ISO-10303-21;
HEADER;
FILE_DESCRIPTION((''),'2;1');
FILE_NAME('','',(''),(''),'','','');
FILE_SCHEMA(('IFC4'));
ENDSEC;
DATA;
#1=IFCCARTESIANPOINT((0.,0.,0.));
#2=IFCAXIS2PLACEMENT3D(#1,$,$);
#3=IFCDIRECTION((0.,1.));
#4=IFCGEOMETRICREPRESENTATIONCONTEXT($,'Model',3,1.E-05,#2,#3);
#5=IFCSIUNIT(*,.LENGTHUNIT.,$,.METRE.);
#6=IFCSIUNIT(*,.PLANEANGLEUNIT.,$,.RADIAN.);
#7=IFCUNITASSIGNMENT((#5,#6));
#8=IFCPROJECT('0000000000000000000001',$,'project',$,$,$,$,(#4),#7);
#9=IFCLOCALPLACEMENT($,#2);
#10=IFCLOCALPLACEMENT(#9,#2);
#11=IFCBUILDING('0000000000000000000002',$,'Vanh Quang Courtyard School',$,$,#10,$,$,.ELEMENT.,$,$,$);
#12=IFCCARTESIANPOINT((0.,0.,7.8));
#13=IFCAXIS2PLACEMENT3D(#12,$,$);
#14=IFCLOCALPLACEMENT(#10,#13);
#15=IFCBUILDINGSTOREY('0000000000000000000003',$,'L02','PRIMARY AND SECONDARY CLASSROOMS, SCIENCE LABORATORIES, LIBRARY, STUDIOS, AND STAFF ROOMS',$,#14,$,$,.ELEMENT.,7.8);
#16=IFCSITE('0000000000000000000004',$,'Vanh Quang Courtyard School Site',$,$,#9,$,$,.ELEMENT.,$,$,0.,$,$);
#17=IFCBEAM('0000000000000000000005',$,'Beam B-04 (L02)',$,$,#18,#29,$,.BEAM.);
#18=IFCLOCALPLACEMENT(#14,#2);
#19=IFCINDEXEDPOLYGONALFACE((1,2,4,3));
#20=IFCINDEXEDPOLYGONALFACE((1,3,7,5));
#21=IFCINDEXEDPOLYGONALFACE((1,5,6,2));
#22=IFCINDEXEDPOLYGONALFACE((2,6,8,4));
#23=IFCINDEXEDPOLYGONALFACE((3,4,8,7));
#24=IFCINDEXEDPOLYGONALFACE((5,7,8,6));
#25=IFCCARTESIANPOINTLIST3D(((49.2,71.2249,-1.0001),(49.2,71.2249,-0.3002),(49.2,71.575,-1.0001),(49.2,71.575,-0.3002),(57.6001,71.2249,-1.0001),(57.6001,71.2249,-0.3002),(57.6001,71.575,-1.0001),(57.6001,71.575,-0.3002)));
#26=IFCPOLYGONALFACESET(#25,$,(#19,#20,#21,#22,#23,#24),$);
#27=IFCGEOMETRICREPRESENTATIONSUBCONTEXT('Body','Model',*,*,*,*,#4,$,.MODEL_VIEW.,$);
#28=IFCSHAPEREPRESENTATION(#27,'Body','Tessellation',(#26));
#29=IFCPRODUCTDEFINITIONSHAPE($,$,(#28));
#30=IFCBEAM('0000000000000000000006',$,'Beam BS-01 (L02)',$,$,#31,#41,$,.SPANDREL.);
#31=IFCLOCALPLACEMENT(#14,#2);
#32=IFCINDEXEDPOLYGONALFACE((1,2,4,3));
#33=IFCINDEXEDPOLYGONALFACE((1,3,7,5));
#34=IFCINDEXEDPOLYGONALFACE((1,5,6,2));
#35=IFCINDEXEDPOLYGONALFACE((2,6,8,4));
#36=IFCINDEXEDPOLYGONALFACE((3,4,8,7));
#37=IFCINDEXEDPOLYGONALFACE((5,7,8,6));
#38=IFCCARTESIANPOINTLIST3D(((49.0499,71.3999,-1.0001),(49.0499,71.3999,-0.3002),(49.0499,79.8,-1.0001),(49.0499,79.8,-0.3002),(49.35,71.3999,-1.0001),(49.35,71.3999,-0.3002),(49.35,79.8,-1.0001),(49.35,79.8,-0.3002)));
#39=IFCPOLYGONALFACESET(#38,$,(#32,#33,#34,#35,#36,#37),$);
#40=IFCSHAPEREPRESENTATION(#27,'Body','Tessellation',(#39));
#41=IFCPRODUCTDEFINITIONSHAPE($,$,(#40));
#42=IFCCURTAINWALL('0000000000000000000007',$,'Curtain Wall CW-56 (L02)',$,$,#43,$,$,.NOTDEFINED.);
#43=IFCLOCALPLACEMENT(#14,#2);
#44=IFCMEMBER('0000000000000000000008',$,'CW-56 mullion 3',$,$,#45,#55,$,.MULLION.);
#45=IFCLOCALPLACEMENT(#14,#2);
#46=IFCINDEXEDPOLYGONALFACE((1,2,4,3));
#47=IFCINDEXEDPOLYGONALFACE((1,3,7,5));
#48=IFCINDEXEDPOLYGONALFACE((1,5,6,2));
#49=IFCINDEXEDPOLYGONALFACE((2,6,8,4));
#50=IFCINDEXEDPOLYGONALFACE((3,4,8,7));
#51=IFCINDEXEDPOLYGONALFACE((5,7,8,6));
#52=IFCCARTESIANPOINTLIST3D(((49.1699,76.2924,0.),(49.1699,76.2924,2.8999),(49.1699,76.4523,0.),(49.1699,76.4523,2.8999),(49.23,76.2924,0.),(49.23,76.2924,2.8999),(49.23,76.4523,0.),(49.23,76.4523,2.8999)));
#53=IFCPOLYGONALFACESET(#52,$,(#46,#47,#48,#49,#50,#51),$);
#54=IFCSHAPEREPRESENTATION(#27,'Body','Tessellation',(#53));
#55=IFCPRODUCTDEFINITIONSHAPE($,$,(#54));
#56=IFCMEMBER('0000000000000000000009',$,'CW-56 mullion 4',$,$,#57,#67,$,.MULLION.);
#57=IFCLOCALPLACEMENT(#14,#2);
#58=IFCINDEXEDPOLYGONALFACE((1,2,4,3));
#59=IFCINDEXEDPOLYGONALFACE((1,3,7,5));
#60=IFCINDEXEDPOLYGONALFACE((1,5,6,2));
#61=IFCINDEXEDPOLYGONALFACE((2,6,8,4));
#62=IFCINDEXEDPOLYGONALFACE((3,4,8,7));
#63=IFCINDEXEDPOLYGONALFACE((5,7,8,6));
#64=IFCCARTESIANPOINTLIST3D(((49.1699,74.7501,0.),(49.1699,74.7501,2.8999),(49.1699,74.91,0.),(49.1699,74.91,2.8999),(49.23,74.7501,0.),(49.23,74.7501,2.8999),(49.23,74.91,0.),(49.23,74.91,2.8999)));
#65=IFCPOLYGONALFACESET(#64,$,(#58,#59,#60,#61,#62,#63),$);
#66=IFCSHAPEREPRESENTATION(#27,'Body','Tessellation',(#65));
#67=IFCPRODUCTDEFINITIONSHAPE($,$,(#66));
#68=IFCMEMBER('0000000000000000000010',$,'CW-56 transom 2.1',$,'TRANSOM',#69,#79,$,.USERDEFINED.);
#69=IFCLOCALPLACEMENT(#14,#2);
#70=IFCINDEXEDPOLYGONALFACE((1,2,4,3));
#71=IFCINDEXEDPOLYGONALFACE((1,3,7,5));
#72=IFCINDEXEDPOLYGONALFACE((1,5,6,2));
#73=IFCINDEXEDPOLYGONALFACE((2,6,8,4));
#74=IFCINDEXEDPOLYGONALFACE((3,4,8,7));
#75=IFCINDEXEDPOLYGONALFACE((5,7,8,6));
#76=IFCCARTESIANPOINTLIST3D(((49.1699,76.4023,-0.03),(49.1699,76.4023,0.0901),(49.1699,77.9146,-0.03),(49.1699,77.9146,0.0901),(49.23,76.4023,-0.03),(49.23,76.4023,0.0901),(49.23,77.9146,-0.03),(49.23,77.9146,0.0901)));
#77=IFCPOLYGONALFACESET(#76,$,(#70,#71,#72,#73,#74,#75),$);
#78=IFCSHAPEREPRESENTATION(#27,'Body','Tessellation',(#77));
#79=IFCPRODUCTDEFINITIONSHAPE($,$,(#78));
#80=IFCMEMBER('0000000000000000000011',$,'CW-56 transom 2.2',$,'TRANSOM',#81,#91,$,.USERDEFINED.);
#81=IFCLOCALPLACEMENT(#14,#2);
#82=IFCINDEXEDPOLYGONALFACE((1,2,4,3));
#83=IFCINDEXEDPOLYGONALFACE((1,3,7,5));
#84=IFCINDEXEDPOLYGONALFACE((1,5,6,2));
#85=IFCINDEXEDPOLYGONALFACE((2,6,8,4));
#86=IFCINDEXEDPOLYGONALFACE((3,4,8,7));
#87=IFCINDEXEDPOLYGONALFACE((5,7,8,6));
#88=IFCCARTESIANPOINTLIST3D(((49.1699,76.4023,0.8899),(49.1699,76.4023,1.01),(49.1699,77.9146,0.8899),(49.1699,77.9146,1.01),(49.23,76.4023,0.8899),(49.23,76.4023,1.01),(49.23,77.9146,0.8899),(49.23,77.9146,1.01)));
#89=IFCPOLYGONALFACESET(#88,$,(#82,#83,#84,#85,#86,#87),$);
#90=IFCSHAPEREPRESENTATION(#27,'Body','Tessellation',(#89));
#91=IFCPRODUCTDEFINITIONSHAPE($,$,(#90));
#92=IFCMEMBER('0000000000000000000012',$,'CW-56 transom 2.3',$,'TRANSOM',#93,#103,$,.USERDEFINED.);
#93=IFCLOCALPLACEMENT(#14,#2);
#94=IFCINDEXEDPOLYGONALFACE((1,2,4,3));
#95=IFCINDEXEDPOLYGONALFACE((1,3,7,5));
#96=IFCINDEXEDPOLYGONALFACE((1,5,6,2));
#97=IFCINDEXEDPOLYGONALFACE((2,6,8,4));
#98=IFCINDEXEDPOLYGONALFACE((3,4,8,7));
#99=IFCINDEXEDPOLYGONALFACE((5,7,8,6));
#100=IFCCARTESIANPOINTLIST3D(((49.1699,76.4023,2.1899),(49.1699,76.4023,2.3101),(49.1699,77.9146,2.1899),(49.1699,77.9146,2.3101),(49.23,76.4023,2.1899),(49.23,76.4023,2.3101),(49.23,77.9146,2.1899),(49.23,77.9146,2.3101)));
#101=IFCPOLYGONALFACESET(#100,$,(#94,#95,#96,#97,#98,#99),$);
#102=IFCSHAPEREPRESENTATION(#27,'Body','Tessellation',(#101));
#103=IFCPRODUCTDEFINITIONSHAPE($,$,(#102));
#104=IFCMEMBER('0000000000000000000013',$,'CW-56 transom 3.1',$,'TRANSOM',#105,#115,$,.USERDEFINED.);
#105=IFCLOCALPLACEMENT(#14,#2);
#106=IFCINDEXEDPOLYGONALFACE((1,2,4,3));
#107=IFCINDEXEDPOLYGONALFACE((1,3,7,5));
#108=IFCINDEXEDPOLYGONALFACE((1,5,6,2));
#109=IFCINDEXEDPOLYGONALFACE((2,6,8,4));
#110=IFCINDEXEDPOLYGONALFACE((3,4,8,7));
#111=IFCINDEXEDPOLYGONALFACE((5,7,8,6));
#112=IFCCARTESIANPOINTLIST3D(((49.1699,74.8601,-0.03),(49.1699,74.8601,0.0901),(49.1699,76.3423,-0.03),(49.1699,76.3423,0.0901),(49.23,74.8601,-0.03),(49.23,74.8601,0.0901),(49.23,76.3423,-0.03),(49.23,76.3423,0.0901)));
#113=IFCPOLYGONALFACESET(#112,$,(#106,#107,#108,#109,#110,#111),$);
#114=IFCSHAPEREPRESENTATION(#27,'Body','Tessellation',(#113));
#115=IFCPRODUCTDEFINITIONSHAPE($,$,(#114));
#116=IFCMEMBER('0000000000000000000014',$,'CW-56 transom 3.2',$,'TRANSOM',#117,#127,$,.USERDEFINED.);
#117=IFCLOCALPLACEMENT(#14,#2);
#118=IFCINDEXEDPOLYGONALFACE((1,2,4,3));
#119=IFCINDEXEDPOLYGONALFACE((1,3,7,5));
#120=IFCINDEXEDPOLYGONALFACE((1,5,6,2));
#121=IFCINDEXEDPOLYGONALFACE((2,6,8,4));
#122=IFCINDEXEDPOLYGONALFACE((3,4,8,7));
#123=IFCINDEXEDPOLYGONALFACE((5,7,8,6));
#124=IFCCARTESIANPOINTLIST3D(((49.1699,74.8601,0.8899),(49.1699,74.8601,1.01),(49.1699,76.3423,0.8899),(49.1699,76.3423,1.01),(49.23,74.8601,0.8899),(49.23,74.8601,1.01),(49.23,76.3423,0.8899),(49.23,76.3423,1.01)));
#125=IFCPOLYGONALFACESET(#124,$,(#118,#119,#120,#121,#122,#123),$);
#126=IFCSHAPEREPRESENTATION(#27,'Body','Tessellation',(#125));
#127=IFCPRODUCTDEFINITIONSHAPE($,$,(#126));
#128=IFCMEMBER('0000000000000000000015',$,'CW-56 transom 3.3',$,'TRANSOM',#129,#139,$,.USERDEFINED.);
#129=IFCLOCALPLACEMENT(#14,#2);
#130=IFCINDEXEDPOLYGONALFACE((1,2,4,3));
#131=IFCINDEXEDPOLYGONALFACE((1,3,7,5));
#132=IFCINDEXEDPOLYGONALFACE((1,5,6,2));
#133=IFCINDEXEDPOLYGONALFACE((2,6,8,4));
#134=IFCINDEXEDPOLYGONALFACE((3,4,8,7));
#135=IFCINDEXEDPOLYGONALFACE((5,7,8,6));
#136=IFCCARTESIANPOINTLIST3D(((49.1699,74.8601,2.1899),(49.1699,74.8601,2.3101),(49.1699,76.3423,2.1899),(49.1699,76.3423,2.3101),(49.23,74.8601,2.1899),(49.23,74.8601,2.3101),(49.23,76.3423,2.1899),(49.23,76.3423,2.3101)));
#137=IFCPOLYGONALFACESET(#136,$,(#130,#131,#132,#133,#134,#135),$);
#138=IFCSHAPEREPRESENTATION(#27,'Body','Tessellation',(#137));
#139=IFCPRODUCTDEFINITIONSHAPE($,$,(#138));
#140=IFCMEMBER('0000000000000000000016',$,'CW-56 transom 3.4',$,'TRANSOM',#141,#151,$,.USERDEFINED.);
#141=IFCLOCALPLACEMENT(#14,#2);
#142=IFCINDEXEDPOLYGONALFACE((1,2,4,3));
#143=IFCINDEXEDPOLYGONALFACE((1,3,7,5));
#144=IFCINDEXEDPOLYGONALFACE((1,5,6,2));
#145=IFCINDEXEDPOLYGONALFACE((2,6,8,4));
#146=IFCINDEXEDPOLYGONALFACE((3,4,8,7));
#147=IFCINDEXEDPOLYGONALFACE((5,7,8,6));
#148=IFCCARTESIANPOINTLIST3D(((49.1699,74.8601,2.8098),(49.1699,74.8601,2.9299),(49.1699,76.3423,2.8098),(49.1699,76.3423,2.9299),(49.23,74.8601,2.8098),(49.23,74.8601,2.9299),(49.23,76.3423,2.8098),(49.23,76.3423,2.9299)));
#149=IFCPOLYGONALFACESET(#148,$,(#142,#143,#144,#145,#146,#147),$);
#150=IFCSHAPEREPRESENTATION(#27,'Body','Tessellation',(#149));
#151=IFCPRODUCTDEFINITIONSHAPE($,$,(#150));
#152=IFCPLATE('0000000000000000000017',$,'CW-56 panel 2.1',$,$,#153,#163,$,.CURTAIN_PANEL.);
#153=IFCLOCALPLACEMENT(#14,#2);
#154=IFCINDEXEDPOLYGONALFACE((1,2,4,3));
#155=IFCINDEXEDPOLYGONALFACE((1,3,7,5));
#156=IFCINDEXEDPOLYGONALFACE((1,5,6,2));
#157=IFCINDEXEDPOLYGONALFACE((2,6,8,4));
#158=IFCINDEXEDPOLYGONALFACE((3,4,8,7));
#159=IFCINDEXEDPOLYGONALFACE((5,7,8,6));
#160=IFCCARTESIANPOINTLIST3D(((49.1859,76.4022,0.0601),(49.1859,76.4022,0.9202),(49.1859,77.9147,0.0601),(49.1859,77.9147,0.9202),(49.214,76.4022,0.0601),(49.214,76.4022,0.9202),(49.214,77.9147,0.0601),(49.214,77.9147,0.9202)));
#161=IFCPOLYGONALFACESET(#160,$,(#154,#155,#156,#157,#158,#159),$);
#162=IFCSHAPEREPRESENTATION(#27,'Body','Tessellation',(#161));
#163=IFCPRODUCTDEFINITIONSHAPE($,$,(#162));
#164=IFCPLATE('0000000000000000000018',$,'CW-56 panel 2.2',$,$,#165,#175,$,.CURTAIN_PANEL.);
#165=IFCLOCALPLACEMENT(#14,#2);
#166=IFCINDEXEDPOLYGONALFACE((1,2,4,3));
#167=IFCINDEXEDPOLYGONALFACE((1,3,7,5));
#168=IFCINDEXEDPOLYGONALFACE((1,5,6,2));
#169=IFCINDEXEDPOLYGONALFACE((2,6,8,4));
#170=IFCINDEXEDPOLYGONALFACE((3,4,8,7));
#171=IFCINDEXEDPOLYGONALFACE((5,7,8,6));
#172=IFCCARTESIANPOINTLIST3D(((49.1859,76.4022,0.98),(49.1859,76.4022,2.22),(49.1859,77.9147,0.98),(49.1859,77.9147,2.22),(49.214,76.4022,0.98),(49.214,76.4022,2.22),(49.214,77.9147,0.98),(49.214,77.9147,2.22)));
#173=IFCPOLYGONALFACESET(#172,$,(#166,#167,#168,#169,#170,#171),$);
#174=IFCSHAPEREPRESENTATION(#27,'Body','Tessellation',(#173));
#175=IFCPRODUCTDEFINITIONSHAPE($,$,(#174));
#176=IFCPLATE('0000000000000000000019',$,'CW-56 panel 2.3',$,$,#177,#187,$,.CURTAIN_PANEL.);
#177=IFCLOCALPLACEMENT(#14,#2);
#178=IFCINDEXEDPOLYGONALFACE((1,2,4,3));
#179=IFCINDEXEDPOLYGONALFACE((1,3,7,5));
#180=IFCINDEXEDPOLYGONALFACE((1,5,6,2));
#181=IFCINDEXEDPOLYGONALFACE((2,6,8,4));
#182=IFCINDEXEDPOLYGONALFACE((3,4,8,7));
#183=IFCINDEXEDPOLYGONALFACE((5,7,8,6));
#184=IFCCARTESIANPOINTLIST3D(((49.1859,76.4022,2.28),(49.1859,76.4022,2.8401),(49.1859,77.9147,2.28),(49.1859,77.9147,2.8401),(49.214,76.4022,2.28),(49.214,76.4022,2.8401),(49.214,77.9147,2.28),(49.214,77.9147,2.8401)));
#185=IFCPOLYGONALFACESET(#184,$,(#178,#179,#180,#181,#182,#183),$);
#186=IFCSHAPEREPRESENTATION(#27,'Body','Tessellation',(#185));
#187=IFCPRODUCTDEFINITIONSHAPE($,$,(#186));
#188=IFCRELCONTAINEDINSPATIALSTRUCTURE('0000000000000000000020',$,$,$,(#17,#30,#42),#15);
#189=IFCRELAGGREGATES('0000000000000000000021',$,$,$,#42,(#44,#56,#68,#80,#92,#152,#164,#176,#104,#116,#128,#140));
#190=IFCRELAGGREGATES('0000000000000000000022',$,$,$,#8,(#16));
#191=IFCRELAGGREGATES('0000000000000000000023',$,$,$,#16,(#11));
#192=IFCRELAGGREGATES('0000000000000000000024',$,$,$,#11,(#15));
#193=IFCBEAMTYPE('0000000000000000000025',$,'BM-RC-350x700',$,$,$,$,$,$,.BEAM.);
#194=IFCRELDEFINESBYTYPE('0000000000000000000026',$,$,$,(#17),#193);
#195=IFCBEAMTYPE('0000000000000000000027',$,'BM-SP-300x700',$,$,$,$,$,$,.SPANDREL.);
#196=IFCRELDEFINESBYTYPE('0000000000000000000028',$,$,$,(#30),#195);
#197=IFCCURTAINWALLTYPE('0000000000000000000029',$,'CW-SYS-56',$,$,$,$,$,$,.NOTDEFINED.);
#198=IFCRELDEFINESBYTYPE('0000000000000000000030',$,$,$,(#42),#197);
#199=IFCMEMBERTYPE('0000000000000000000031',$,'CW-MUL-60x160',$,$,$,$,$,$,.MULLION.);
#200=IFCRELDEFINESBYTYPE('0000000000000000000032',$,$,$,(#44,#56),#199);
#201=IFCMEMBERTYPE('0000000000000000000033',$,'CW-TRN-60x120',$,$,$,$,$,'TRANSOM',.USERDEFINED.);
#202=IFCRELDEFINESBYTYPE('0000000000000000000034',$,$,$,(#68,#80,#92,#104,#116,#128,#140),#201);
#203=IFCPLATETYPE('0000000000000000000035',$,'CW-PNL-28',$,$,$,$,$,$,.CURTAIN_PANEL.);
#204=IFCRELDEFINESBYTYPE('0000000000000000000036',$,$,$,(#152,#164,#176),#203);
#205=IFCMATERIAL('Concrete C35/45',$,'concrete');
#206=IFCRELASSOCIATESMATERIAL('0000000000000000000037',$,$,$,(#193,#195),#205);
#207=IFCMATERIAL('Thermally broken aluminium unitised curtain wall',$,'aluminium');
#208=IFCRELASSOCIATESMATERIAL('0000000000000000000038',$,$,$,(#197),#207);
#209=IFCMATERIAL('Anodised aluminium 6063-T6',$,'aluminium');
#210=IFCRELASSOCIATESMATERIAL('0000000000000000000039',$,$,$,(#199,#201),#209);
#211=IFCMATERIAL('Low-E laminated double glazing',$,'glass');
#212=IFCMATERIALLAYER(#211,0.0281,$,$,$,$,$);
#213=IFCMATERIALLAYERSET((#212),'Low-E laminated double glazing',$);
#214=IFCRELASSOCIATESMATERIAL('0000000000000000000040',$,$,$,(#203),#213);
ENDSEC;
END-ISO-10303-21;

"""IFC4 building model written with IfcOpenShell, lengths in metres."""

from ifc_helpers import new_model, si_unit, direction, frame, origin, origin_2d, place, context, subcontext, project, spatial, rectangle, extrude, material, layer, layer_set, material_profile, profile_set, type_object, element, aggregate, save


model = new_model("IFC4")

# Units and contexts
model_context = context("Model", 3, precision=1e-05, world=origin(), true_north=direction((0.0, 1.0)))
body_context = subcontext(model_context, "Body", "Model", "MODEL_VIEW")
ifc_project = project(units=[si_unit("LENGTHUNIT", "METRE"), si_unit("PLANEANGLEUNIT", "RADIAN")], contexts=[model_context])

# Site, building, storey
site_placement = place(None, origin())
site = spatial("IfcSite", under=ifc_project, at=site_placement, Name="Vanh Quang Courtyard School Site", CompositionType="ELEMENT", RefElevation=0.0)
building_placement = place(site_placement, origin())
building = spatial("IfcBuilding", under=site, at=building_placement, Name="Vanh Quang Courtyard School", CompositionType="ELEMENT")
storey_placement = place(building_placement, frame((0.0, 0.0, 7.8)))
storey = spatial("IfcBuildingStorey", under=building, at=storey_placement, Name="L02", Description="PRIMARY AND SECONDARY CLASSROOMS, SCIENCE LABORATORIES, LIBRARY, STUDIOS, AND STAFF ROOMS", CompositionType="ELEMENT", Elevation=7.8)

# Beams
ifc_material_1 = material(Name="Concrete C35/45", Category="concrete")
ifc_material_profile_1 = material_profile(ifc_material_1, rectangle(XDim=0.3501, YDim=0.7, at=origin_2d()), Name="RC-BM 350x700")
ifc_profile_set_1 = profile_set([ifc_material_profile_1], Name="Concrete C35/45")
beam_type_1 = type_object("IfcBeamType", Name="BM-RC-350x700", PredefinedType="BEAM", material=ifc_profile_set_1)
beam_1_placement = place(storey_placement, frame((49.2, 71.3999, -0.6501), z_axis=(1.0, 0.0, 0.0), x_axis=(0.0, 1.0, 0.0)))
element("IfcBeam", 1, at=beam_1_placement, inside=storey, type_object=beam_type_1, Name="Beam B-04 (L02)", PredefinedType="BEAM", context=body_context, shape_type="SweptSolid", body=[
    extrude(rectangle(XDim=0.3501, YDim=0.7, at=origin_2d()), origin(), (0.0, 0.0, 1.0), 8.4001),
])
ifc_material_profile_2 = material_profile(ifc_material_1, rectangle(XDim=0.3, YDim=0.7, at=origin_2d()), Name="RC-SP 300x700")
ifc_profile_set_2 = profile_set([ifc_material_profile_2], Name="Concrete C35/45")
beam_type_2 = type_object("IfcBeamType", Name="BM-SP-300x700", PredefinedType="SPANDREL", material=ifc_profile_set_2)
beam_2_placement = place(storey_placement, frame((49.2, 71.3999, -0.6501), z_axis=(0.0, 1.0, 0.0), x_axis=(-1.0, 0.0, 0.0)))
element("IfcBeam", 2, at=beam_2_placement, inside=storey, type_object=beam_type_2, Name="Beam BS-01 (L02)", PredefinedType="SPANDREL", context=body_context, shape_type="SweptSolid", body=[
    extrude(rectangle(XDim=0.3, YDim=0.7, at=origin_2d()), origin(), (0.0, 0.0, 1.0), 8.4001),
])

# Curtain wall, members, plates
ifc_material_2 = material(Name="Thermally broken aluminium unitised curtain wall", Category="aluminium")
curtain_wall_type = type_object("IfcCurtainWallType", Name="CW-SYS-56", PredefinedType="NOTDEFINED", material=ifc_material_2)
curtain_wall_placement = place(storey_placement, origin())
curtain_wall = element("IfcCurtainWall", 3, at=curtain_wall_placement, inside=storey, type_object=curtain_wall_type, Name="Curtain Wall CW-56 (L02)", PredefinedType="NOTDEFINED")
ifc_material_3 = material(Name="Anodised aluminium 6063-T6", Category="aluminium")
ifc_material_profile_3 = material_profile(ifc_material_3, rectangle(XDim=0.0601, YDim=0.1599, at=origin_2d()), Name="ALU-MUL 60x160")
ifc_profile_set_3 = profile_set([ifc_material_profile_3], Name="Anodised aluminium 6063-T6")
member_type_1 = type_object("IfcMemberType", Name="CW-MUL-60x160", PredefinedType="MULLION", material=ifc_profile_set_3)
member_1_placement = place(storey_placement, frame((49.2, 76.3723, 0.0), z_axis=(0.0, 0.0, 1.0), x_axis=(1.0, 0.0, 0.0)))
member_1 = element("IfcMember", 4, at=member_1_placement, type_object=member_type_1, Name="CW-56 mullion 3", PredefinedType="MULLION", context=body_context, shape_type="SweptSolid", body=[
    extrude(rectangle(XDim=0.0601, YDim=0.1599, at=origin_2d()), origin(), (0.0, 0.0, 1.0), 2.8999),
])
member_2_placement = place(storey_placement, frame((49.2, 74.8301, 0.0), z_axis=(0.0, 0.0, 1.0), x_axis=(1.0, 0.0, 0.0)))
member_2 = element("IfcMember", 5, at=member_2_placement, type_object=member_type_1, Name="CW-56 mullion 4", PredefinedType="MULLION", context=body_context, shape_type="SweptSolid", body=[
    extrude(rectangle(XDim=0.0601, YDim=0.1599, at=origin_2d()), origin(), (0.0, 0.0, 1.0), 2.8999),
])
ifc_material_profile_4 = material_profile(ifc_material_3, rectangle(XDim=0.0601, YDim=0.1201, at=origin_2d()), Name="ALU-TRN 60x120")
ifc_profile_set_4 = profile_set([ifc_material_profile_4], Name="Anodised aluminium 6063-T6")
member_type_2 = type_object("IfcMemberType", Name="CW-TRN-60x120", ElementType="TRANSOM", PredefinedType="USERDEFINED", material=ifc_profile_set_4)
member_3_placement = place(storey_placement, frame((49.2, 77.9146, 0.03), z_axis=(0.0, -1.0, 0.0), x_axis=(1.0, 0.0, 0.0)))
member_3 = element("IfcMember", 6, at=member_3_placement, type_object=member_type_2, Name="CW-56 transom 2.1", ObjectType="TRANSOM", PredefinedType="USERDEFINED", context=body_context, shape_type="SweptSolid", body=[
    extrude(rectangle(XDim=0.0601, YDim=0.1201, at=origin_2d()), origin(), (0.0, 0.0, 1.0), 1.5122),
])
member_4_placement = place(storey_placement, frame((49.2, 77.9146, 0.95), z_axis=(0.0, -1.0, 0.0), x_axis=(1.0, 0.0, 0.0)))
member_4 = element("IfcMember", 7, at=member_4_placement, type_object=member_type_2, Name="CW-56 transom 2.2", ObjectType="TRANSOM", PredefinedType="USERDEFINED", context=body_context, shape_type="SweptSolid", body=[
    extrude(rectangle(XDim=0.0601, YDim=0.1201, at=origin_2d()), origin(), (0.0, 0.0, 1.0), 1.5122),
])
member_5_placement = place(storey_placement, frame((49.2, 77.9146, 2.25), z_axis=(0.0, -1.0, 0.0), x_axis=(1.0, 0.0, 0.0)))
member_5 = element("IfcMember", 8, at=member_5_placement, type_object=member_type_2, Name="CW-56 transom 2.3", ObjectType="TRANSOM", PredefinedType="USERDEFINED", context=body_context, shape_type="SweptSolid", body=[
    extrude(rectangle(XDim=0.0601, YDim=0.1201, at=origin_2d()), origin(), (0.0, 0.0, 1.0), 1.5122),
])
member_6_placement = place(storey_placement, frame((49.2, 76.3423, 0.03), z_axis=(0.0, -1.0, 0.0), x_axis=(1.0, 0.0, 0.0)))
member_6 = element("IfcMember", 9, at=member_6_placement, type_object=member_type_2, Name="CW-56 transom 3.1", ObjectType="TRANSOM", PredefinedType="USERDEFINED", context=body_context, shape_type="SweptSolid", body=[
    extrude(rectangle(XDim=0.0601, YDim=0.1201, at=origin_2d()), origin(), (0.0, 0.0, 1.0), 1.4822),
])
member_7_placement = place(storey_placement, frame((49.2, 76.3423, 0.95), z_axis=(0.0, -1.0, 0.0), x_axis=(1.0, 0.0, 0.0)))
member_7 = element("IfcMember", 10, at=member_7_placement, type_object=member_type_2, Name="CW-56 transom 3.2", ObjectType="TRANSOM", PredefinedType="USERDEFINED", context=body_context, shape_type="SweptSolid", body=[
    extrude(rectangle(XDim=0.0601, YDim=0.1201, at=origin_2d()), origin(), (0.0, 0.0, 1.0), 1.4822),
])
member_8_placement = place(storey_placement, frame((49.2, 76.3423, 2.25), z_axis=(0.0, -1.0, 0.0), x_axis=(1.0, 0.0, 0.0)))
member_8 = element("IfcMember", 11, at=member_8_placement, type_object=member_type_2, Name="CW-56 transom 3.3", ObjectType="TRANSOM", PredefinedType="USERDEFINED", context=body_context, shape_type="SweptSolid", body=[
    extrude(rectangle(XDim=0.0601, YDim=0.1201, at=origin_2d()), origin(), (0.0, 0.0, 1.0), 1.4822),
])
member_9_placement = place(storey_placement, frame((49.2, 76.3423, 2.8699), z_axis=(0.0, -1.0, 0.0), x_axis=(1.0, 0.0, 0.0)))
member_9 = element("IfcMember", 12, at=member_9_placement, type_object=member_type_2, Name="CW-56 transom 3.4", ObjectType="TRANSOM", PredefinedType="USERDEFINED", context=body_context, shape_type="SweptSolid", body=[
    extrude(rectangle(XDim=0.0601, YDim=0.1201, at=origin_2d()), origin(), (0.0, 0.0, 1.0), 1.4822),
])
ifc_material_4 = material(Name="Low-E laminated double glazing", Category="glass")
ifc_layer_1 = layer(ifc_material_4, 0.0281)
ifc_layer_set_1 = layer_set([ifc_layer_1], Name="Low-E laminated double glazing")
plate_type = type_object("IfcPlateType", Name="CW-PNL-28", PredefinedType="CURTAIN_PANEL", material=ifc_layer_set_1)
plate_1_placement = place(storey_placement, frame((49.2, 77.1584, 0.0601), z_axis=(0.0, 0.0, 1.0), x_axis=(0.0, -1.0, 0.0)))
plate_1 = element("IfcPlate", 13, at=plate_1_placement, type_object=plate_type, Name="CW-56 panel 2.1", PredefinedType="CURTAIN_PANEL", context=body_context, shape_type="SweptSolid", body=[
    extrude(rectangle(XDim=1.5125, YDim=0.0281, at=origin_2d()), origin(), (0.0, 0.0, 1.0), 0.8601),
])
plate_2_placement = place(storey_placement, frame((49.2, 77.1584, 0.98), z_axis=(0.0, 0.0, 1.0), x_axis=(0.0, -1.0, 0.0)))
plate_2 = element("IfcPlate", 14, at=plate_2_placement, type_object=plate_type, Name="CW-56 panel 2.2", PredefinedType="CURTAIN_PANEL", context=body_context, shape_type="SweptSolid", body=[
    extrude(rectangle(XDim=1.5125, YDim=0.0281, at=origin_2d()), origin(), (0.0, 0.0, 1.0), 1.24),
])
plate_3_placement = place(storey_placement, frame((49.2, 77.1584, 2.28), z_axis=(0.0, 0.0, 1.0), x_axis=(0.0, -1.0, 0.0)))
plate_3 = element("IfcPlate", 15, at=plate_3_placement, type_object=plate_type, Name="CW-56 panel 2.3", PredefinedType="CURTAIN_PANEL", context=body_context, shape_type="SweptSolid", body=[
    extrude(rectangle(XDim=1.5125, YDim=0.0281, at=origin_2d()), origin(), (0.0, 0.0, 1.0), 0.5601),
])
aggregate(curtain_wall, [member_1, member_2, member_3, member_4, member_5, plate_1, plate_2, plate_3, member_6, member_7, member_8, member_9])

save(model, "model.ifc")
